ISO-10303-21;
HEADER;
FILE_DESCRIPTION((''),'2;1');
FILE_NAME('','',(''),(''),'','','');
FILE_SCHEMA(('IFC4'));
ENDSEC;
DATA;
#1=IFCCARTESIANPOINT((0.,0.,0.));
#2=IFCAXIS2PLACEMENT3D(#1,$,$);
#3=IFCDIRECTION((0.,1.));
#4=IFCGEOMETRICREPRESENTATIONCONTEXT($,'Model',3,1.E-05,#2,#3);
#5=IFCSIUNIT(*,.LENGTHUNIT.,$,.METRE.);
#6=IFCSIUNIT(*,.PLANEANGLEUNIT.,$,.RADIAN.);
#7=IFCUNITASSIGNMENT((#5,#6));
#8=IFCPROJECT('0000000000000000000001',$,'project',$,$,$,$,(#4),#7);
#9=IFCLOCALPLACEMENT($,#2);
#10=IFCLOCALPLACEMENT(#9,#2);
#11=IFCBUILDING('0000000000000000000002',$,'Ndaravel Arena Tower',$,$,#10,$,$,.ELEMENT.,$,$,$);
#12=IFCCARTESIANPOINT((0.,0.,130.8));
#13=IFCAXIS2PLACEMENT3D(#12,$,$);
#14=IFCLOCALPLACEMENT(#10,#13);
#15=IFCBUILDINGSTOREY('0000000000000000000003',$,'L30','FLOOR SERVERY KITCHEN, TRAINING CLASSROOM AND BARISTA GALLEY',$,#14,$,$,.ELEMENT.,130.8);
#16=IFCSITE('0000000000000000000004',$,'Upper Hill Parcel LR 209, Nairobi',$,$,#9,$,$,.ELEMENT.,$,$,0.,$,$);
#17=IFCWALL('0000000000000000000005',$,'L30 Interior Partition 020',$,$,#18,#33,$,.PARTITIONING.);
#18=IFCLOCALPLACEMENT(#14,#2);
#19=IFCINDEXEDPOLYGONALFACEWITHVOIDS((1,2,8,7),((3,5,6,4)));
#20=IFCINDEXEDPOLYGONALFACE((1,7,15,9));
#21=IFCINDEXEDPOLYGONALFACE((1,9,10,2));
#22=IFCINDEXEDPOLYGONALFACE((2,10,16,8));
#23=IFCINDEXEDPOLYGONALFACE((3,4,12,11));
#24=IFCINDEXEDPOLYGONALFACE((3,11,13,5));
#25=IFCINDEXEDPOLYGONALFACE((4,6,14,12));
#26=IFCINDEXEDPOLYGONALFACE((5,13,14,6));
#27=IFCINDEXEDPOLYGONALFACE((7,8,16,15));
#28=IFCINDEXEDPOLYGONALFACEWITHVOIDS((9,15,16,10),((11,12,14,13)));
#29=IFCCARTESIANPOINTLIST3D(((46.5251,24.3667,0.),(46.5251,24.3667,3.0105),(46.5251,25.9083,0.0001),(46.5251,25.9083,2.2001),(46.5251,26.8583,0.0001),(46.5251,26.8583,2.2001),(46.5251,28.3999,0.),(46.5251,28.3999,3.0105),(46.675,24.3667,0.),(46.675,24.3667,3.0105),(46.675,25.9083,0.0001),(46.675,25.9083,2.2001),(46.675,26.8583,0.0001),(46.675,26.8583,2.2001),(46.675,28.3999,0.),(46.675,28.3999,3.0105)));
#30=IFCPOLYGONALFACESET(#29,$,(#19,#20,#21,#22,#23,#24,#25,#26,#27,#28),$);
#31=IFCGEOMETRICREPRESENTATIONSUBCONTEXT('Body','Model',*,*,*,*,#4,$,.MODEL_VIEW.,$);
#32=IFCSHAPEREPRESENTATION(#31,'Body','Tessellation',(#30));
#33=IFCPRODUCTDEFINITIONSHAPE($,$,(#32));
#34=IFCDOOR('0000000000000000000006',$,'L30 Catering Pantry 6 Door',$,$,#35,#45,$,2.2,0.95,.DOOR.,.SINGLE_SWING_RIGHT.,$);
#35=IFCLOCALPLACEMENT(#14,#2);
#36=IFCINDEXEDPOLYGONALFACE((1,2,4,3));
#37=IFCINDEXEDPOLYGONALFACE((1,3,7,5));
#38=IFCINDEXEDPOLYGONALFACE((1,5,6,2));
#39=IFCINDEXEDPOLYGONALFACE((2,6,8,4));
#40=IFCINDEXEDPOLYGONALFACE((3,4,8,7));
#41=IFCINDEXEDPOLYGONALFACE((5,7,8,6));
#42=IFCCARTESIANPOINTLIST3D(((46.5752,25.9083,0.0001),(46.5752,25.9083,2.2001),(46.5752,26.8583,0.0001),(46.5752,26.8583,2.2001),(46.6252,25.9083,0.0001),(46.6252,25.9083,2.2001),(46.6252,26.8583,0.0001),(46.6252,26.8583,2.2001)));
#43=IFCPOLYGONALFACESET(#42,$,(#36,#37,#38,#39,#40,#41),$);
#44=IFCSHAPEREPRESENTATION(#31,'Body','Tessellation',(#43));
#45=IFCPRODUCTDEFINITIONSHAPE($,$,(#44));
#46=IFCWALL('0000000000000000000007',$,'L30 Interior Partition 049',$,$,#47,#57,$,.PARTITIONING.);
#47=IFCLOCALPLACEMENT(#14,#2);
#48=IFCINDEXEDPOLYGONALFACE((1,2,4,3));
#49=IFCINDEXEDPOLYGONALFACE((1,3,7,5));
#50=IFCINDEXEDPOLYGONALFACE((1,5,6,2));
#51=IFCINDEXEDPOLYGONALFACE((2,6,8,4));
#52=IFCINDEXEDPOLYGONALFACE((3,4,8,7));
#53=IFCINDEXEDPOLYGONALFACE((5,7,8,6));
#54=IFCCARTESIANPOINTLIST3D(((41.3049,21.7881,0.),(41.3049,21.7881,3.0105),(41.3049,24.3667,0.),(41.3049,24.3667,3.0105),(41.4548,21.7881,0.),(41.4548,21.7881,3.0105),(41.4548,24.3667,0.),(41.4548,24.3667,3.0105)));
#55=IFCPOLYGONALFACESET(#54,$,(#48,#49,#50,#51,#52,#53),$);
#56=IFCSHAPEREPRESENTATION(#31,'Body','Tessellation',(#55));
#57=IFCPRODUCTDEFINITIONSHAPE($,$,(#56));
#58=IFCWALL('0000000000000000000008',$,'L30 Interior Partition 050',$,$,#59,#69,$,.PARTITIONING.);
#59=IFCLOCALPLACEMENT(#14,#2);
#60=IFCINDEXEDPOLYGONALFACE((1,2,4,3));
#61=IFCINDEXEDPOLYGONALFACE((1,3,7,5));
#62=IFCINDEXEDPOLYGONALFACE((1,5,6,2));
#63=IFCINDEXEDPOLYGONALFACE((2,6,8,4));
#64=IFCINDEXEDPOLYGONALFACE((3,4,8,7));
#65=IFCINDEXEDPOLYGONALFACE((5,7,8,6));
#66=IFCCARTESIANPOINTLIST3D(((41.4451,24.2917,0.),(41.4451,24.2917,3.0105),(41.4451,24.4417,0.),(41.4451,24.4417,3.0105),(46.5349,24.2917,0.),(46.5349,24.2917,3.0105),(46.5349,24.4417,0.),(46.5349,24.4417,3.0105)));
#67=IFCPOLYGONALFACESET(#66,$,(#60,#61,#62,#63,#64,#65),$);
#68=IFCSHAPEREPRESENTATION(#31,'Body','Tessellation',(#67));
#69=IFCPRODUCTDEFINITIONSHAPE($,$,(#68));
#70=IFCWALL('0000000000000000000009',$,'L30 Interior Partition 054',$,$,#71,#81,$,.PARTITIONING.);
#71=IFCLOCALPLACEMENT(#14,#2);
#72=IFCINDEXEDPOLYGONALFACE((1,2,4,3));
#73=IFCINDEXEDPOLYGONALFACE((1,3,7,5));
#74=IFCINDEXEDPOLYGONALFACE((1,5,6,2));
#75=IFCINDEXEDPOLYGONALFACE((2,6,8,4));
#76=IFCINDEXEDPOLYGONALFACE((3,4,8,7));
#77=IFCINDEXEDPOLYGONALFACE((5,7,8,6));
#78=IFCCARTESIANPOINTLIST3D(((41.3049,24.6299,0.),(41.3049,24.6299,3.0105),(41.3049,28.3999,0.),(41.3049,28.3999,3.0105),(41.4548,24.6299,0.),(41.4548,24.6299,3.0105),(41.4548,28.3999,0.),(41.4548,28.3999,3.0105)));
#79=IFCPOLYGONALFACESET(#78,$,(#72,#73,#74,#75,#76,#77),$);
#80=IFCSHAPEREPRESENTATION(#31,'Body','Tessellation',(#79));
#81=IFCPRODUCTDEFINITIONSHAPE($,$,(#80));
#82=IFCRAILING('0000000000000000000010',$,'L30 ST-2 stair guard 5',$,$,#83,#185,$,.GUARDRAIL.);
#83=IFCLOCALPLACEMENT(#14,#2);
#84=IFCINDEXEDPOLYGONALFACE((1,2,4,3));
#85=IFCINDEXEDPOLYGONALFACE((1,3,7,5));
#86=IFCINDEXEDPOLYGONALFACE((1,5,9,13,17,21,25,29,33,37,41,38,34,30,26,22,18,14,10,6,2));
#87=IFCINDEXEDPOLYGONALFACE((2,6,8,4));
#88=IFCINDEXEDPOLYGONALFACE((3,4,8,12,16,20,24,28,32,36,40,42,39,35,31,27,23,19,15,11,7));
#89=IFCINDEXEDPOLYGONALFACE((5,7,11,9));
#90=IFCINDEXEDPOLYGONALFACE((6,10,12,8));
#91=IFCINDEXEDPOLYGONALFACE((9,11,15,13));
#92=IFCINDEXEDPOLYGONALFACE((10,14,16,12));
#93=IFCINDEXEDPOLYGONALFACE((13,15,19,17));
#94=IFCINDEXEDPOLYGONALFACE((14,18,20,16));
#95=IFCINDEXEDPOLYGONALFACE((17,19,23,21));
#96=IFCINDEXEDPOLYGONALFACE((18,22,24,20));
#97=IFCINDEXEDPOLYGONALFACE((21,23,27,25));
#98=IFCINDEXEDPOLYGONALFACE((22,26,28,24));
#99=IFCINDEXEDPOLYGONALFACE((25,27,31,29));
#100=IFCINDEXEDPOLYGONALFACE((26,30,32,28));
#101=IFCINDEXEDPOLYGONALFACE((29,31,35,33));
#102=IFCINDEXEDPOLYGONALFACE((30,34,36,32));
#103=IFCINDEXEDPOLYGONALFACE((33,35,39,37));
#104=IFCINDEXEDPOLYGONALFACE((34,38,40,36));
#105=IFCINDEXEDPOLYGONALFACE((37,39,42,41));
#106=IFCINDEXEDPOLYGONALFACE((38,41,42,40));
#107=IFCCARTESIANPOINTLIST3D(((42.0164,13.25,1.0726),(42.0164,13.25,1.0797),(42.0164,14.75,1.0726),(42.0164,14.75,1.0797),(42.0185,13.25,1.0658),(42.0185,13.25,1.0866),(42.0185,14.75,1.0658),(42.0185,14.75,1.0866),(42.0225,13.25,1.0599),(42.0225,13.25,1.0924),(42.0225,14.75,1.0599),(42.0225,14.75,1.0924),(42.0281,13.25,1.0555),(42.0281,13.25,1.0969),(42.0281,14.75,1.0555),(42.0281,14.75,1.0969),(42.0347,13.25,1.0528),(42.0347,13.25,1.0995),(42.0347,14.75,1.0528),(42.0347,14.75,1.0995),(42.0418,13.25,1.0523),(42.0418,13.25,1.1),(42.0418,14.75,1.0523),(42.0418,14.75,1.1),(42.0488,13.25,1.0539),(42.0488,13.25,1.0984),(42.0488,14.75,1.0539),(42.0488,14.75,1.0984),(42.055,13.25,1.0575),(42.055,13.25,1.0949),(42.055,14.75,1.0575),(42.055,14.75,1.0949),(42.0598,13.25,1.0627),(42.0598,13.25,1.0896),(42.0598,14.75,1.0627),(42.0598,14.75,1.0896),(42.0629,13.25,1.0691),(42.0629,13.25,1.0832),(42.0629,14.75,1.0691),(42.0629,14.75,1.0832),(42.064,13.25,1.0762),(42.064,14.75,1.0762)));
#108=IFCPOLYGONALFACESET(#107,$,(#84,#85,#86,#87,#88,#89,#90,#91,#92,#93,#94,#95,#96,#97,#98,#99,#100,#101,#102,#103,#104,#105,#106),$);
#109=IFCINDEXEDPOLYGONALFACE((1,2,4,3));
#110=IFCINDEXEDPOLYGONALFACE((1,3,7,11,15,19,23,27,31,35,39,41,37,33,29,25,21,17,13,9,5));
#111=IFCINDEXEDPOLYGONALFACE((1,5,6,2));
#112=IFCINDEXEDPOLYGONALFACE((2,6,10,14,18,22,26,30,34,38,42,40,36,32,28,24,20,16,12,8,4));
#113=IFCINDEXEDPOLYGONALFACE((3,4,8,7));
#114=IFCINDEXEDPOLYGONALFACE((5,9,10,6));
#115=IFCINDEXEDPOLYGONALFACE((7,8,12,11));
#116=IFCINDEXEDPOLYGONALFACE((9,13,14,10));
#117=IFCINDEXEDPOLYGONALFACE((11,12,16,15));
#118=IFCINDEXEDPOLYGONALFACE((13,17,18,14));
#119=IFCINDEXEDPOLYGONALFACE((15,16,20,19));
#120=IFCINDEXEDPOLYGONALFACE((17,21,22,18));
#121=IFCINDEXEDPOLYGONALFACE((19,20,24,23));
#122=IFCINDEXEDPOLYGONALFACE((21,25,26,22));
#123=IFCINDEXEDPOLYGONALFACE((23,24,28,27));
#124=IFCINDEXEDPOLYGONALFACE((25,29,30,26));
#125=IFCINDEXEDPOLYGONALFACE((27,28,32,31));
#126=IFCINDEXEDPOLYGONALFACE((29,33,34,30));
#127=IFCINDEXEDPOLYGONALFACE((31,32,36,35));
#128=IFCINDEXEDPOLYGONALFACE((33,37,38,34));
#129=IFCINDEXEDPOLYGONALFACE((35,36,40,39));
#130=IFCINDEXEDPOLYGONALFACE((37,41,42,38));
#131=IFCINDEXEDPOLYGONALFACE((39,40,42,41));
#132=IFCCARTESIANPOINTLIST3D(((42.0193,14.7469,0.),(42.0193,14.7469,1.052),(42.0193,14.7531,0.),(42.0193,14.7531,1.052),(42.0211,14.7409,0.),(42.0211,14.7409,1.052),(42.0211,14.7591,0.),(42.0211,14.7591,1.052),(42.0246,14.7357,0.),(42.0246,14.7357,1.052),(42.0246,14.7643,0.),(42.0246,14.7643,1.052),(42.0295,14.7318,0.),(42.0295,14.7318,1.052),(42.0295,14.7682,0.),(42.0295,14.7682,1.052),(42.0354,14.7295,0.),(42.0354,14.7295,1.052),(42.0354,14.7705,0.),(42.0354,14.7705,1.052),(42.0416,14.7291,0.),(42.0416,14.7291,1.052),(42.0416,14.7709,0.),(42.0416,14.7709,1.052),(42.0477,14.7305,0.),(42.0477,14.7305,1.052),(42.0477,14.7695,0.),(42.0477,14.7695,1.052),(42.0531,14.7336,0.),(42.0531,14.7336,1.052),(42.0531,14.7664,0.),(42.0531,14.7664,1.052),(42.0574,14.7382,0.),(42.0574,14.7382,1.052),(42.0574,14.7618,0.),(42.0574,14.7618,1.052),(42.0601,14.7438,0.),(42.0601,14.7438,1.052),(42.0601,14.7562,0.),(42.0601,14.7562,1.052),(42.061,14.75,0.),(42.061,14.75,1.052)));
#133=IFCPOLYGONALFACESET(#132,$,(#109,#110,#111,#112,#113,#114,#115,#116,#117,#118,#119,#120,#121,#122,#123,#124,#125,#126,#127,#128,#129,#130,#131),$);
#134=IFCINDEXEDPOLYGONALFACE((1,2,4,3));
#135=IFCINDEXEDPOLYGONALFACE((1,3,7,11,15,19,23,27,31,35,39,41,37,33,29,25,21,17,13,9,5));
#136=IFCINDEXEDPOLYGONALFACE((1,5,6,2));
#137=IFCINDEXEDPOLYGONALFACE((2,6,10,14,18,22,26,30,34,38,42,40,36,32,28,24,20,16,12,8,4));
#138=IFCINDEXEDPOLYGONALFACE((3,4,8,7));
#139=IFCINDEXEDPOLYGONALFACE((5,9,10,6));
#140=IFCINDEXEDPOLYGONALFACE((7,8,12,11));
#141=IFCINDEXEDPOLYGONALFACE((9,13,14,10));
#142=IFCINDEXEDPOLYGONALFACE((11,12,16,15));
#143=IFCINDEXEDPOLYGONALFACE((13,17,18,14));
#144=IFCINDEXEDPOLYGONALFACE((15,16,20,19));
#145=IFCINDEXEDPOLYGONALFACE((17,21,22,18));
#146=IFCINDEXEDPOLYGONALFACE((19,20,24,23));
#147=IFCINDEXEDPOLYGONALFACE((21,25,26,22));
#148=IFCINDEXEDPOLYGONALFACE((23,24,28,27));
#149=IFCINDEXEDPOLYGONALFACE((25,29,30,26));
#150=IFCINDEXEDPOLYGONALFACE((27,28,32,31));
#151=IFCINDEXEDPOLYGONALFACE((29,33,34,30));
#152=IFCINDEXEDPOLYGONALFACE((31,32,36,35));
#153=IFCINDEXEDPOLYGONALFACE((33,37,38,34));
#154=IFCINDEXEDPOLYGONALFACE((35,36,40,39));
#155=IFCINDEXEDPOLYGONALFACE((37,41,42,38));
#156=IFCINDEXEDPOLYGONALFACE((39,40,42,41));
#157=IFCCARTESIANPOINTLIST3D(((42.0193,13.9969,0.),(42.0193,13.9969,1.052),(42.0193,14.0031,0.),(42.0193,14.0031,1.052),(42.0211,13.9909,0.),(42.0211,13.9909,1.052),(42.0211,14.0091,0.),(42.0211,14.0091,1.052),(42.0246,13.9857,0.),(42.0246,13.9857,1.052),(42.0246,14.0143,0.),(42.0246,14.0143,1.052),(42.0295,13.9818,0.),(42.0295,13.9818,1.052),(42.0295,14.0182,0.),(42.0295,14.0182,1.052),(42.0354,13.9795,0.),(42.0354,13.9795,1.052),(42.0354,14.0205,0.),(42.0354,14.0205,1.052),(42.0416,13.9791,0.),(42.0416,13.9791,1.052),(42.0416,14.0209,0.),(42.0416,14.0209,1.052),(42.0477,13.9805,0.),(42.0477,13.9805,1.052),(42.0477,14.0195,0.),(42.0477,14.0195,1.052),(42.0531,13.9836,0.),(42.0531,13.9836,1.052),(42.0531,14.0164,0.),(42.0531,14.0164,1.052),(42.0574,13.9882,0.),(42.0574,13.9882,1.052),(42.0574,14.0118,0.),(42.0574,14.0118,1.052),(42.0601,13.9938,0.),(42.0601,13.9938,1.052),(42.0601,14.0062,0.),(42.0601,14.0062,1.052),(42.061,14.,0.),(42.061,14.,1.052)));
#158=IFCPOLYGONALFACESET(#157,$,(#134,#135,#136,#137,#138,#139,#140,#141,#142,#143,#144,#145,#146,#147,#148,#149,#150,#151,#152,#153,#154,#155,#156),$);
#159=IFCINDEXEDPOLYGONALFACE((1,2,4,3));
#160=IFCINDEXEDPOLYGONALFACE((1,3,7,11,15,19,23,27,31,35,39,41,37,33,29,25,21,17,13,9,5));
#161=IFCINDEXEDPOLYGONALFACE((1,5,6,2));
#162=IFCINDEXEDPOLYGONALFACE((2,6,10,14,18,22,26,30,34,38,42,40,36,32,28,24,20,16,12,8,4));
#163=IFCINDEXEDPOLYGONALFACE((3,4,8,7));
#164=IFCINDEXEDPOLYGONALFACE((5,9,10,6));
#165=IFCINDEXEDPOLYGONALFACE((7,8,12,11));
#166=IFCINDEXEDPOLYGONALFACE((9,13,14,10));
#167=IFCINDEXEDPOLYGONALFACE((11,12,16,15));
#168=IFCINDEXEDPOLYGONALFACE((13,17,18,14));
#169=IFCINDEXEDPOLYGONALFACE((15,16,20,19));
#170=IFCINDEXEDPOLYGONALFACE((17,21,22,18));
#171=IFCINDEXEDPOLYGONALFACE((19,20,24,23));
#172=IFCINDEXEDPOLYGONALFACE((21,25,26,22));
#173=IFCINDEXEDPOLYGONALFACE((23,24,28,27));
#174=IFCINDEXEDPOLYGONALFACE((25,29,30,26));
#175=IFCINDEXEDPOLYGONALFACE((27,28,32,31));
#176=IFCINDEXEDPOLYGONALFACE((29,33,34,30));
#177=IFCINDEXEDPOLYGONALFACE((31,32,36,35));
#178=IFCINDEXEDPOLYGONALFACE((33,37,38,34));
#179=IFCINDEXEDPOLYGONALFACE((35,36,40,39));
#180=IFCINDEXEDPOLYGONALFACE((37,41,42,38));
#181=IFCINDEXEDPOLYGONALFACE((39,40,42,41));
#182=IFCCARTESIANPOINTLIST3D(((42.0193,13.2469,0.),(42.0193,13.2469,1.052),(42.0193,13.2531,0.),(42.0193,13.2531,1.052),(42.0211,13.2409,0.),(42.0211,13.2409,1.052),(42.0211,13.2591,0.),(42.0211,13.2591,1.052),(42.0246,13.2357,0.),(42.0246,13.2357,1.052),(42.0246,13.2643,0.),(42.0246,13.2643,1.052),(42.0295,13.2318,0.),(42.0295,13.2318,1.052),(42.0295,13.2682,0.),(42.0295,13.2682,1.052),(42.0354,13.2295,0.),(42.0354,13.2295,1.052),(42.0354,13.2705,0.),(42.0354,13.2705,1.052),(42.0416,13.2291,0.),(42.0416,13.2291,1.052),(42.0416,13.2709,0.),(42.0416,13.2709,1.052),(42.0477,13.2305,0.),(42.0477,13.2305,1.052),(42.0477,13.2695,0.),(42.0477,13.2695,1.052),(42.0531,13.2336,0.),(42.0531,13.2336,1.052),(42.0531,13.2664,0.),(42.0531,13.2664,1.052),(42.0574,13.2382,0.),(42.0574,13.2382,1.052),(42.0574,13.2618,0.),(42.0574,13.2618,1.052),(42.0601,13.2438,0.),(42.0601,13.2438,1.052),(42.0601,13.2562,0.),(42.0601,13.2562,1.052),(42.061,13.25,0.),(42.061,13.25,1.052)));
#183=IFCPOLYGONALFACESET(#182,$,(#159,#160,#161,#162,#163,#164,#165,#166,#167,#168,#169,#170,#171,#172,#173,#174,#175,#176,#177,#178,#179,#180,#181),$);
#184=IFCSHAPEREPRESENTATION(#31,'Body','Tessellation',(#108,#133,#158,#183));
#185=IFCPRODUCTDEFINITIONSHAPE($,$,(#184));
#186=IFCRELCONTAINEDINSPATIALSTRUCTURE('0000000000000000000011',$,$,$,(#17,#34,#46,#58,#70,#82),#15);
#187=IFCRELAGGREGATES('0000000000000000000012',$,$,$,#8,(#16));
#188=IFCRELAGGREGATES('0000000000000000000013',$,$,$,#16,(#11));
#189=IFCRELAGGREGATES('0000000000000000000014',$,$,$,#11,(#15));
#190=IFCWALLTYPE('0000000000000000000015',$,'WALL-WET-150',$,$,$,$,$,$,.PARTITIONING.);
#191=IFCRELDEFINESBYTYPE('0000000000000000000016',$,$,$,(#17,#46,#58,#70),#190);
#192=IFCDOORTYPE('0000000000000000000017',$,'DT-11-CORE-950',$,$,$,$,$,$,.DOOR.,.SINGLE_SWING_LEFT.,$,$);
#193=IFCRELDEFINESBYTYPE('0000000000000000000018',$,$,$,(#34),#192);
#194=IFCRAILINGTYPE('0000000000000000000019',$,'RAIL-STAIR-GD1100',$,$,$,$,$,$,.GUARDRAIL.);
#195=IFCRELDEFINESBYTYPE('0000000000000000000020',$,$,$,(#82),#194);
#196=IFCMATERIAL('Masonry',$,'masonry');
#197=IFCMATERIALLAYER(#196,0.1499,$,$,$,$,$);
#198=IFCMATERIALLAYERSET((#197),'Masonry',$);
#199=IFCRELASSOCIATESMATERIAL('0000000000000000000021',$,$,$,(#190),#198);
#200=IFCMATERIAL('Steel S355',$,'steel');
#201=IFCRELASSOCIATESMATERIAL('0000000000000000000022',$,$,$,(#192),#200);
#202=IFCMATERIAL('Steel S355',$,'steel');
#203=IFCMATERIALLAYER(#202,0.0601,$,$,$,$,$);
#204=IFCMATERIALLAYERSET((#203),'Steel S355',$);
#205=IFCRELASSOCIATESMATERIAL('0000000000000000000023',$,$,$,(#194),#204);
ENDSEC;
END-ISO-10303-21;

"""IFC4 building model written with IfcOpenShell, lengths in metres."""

from ifc_helpers import new_model, si_unit, direction, frame, frame_2d, origin, origin_2d, place, context, subcontext, project, spatial, rectangle, circle, extrude, material, layer, layer_set, type_object, element, fill, save


model = new_model("IFC4")

# Units and contexts
model_context = context("Model", 3, precision=1e-05, world=origin(), true_north=direction((0.0, 1.0)))
body_context = subcontext(model_context, "Body", "Model", "MODEL_VIEW")
ifc_project = project(units=[si_unit("LENGTHUNIT", "METRE"), si_unit("PLANEANGLEUNIT", "RADIAN")], contexts=[model_context])

# Site, building, storey
site_placement = place(None, origin())
site = spatial("IfcSite", under=ifc_project, at=site_placement, Name="Upper Hill Parcel LR 209, Nairobi", CompositionType="ELEMENT", RefElevation=0.0)
building_placement = place(site_placement, origin())
building = spatial("IfcBuilding", under=site, at=building_placement, Name="Ndaravel Arena Tower", CompositionType="ELEMENT")
storey_placement = place(building_placement, frame((0.0, 0.0, 130.8)))
storey = spatial("IfcBuildingStorey", under=building, at=storey_placement, Name="L30", Description="FLOOR SERVERY KITCHEN, TRAINING CLASSROOM AND BARISTA GALLEY", CompositionType="ELEMENT", Elevation=130.8)

# Wall, opening, door
ifc_material_1 = material(Name="Masonry", Category="masonry")
ifc_layer_1 = layer(ifc_material_1, 0.1499)
ifc_layer_set_1 = layer_set([ifc_layer_1], Name="Masonry")
wall_type_1 = type_object("IfcWallType", Name="WALL-WET-150", PredefinedType="PARTITIONING", material=ifc_layer_set_1)
wall_1_placement = place(storey_placement, frame((46.6001, 24.3667, 0.0), z_axis=(0.0, 0.0, 1.0), x_axis=(0.0, 1.0, 0.0)))
wall_1 = element("IfcWall", 1, at=wall_1_placement, inside=storey, type_object=wall_type_1, Name="L30 Interior Partition 020", PredefinedType="PARTITIONING", context=body_context, shape_type="SweptSolid", body=[
    extrude(rectangle(XDim=4.0332, YDim=0.1499, at=frame_2d((2.0166, 0.0))), origin(), (0.0, 0.0, 1.0), 3.0105),
])
opening_1_placement = place(wall_1_placement, frame((1.5415, 0.0, 0.0)))
opening_1 = element("IfcOpeningElement", 2, at=opening_1_placement, cuts=wall_1, PredefinedType="OPENING", context=body_context, shape_type="SweptSolid", body=[
    extrude(rectangle(XDim=0.95, YDim=2.2, at=frame_2d((0.4751, 1.1001))), frame((0.0, 0.075, 0.0), z_axis=(0.0, -1.0, 0.0), x_axis=(1.0, 0.0, 0.0)), (0.0, 0.0, 1.0), 0.1499),
])
ifc_material_2 = material(Name="Steel S355", Category="steel")
door_type_1 = type_object("IfcDoorType", Name="DT-11-CORE-950", OperationType="SINGLE_SWING_LEFT", PredefinedType="DOOR", material=ifc_material_2)
door_1_placement = place(opening_1_placement, origin())
door_1 = element("IfcDoor", 3, at=door_1_placement, inside=storey, type_object=door_type_1, Name="L30 Catering Pantry 6 Door", OperationType="SINGLE_SWING_RIGHT", OverallHeight=2.2, OverallWidth=0.95, PredefinedType="DOOR", context=body_context, shape_type="SweptSolid", body=[
    extrude(rectangle(XDim=0.95, YDim=2.2, at=frame_2d((0.4751, 1.1001))), frame((0.0, 0.0249, 0.0), z_axis=(0.0, -1.0, 0.0), x_axis=(1.0, 0.0, 0.0)), (0.0, 0.0, 1.0), 0.05),
])
fill(opening_1, door_1)

# Walls
wall_2_placement = place(storey_placement, frame((41.3799, 21.7881, 0.0), z_axis=(0.0, 0.0, 1.0), x_axis=(0.0, 1.0, 0.0)))
element("IfcWall", 4, at=wall_2_placement, inside=storey, type_object=wall_type_1, Name="L30 Interior Partition 049", PredefinedType="PARTITIONING", context=body_context, shape_type="SweptSolid", body=[
    extrude(rectangle(XDim=2.5786, YDim=0.1499, at=frame_2d((1.2893, 0.0))), origin(), (0.0, 0.0, 1.0), 3.0105),
])
wall_3_placement = place(storey_placement, frame((41.4451, 24.3667, 0.0), z_axis=(0.0, 0.0, 1.0), x_axis=(1.0, 0.0, 0.0)))
element("IfcWall", 5, at=wall_3_placement, inside=storey, type_object=wall_type_1, Name="L30 Interior Partition 050", PredefinedType="PARTITIONING", context=body_context, shape_type="SweptSolid", body=[
    extrude(rectangle(XDim=5.0898, YDim=0.1499, at=frame_2d((2.5449, 0.0))), origin(), (0.0, 0.0, 1.0), 3.0105),
])
wall_4_placement = place(storey_placement, frame((41.3799, 24.6299, 0.0), z_axis=(0.0, 0.0, 1.0), x_axis=(0.0, 1.0, 0.0)))
element("IfcWall", 6, at=wall_4_placement, inside=storey, type_object=wall_type_1, Name="L30 Interior Partition 054", PredefinedType="PARTITIONING", context=body_context, shape_type="SweptSolid", body=[
    extrude(rectangle(XDim=3.77, YDim=0.1499, at=frame_2d((1.885, 0.0))), origin(), (0.0, 0.0, 1.0), 3.0105),
])

# Railing
ifc_material_3 = material(Name="Steel S355", Category="steel")
ifc_layer_2 = layer(ifc_material_3, 0.0601)
ifc_layer_set_2 = layer_set([ifc_layer_2], Name="Steel S355")
railing_type = type_object("IfcRailingType", Name="RAIL-STAIR-GD1100", PredefinedType="GUARDRAIL", material=ifc_layer_set_2)
railing_placement = place(storey_placement, frame((42.04, 14.75, 0.0)))
element("IfcRailing", 7, at=railing_placement, inside=storey, type_object=railing_type, Name="L30 ST-2 stair guard 5", PredefinedType="GUARDRAIL", context=body_context, shape_type="SweptSolid", body=[
    extrude(circle(Radius=0.0239, at=origin_2d()), frame((0.0, 0.0, 1.0762), z_axis=(0.0, -1.0, 0.0), x_axis=(1.0, 0.0, 0.0)), (0.0, 0.0, 1.0), 1.5),
    extrude(circle(Radius=0.021, at=origin_2d()), origin(), (0.0, 0.0, 1.0), 1.052),
    extrude(circle(Radius=0.021, at=origin_2d()), frame((0.0, -0.75, 0.0)), (0.0, 0.0, 1.0), 1.052),
    extrude(circle(Radius=0.021, at=origin_2d()), frame((0.0, -1.5, 0.0)), (0.0, 0.0, 1.0), 1.052),
])

save(model, "model.ifc")
